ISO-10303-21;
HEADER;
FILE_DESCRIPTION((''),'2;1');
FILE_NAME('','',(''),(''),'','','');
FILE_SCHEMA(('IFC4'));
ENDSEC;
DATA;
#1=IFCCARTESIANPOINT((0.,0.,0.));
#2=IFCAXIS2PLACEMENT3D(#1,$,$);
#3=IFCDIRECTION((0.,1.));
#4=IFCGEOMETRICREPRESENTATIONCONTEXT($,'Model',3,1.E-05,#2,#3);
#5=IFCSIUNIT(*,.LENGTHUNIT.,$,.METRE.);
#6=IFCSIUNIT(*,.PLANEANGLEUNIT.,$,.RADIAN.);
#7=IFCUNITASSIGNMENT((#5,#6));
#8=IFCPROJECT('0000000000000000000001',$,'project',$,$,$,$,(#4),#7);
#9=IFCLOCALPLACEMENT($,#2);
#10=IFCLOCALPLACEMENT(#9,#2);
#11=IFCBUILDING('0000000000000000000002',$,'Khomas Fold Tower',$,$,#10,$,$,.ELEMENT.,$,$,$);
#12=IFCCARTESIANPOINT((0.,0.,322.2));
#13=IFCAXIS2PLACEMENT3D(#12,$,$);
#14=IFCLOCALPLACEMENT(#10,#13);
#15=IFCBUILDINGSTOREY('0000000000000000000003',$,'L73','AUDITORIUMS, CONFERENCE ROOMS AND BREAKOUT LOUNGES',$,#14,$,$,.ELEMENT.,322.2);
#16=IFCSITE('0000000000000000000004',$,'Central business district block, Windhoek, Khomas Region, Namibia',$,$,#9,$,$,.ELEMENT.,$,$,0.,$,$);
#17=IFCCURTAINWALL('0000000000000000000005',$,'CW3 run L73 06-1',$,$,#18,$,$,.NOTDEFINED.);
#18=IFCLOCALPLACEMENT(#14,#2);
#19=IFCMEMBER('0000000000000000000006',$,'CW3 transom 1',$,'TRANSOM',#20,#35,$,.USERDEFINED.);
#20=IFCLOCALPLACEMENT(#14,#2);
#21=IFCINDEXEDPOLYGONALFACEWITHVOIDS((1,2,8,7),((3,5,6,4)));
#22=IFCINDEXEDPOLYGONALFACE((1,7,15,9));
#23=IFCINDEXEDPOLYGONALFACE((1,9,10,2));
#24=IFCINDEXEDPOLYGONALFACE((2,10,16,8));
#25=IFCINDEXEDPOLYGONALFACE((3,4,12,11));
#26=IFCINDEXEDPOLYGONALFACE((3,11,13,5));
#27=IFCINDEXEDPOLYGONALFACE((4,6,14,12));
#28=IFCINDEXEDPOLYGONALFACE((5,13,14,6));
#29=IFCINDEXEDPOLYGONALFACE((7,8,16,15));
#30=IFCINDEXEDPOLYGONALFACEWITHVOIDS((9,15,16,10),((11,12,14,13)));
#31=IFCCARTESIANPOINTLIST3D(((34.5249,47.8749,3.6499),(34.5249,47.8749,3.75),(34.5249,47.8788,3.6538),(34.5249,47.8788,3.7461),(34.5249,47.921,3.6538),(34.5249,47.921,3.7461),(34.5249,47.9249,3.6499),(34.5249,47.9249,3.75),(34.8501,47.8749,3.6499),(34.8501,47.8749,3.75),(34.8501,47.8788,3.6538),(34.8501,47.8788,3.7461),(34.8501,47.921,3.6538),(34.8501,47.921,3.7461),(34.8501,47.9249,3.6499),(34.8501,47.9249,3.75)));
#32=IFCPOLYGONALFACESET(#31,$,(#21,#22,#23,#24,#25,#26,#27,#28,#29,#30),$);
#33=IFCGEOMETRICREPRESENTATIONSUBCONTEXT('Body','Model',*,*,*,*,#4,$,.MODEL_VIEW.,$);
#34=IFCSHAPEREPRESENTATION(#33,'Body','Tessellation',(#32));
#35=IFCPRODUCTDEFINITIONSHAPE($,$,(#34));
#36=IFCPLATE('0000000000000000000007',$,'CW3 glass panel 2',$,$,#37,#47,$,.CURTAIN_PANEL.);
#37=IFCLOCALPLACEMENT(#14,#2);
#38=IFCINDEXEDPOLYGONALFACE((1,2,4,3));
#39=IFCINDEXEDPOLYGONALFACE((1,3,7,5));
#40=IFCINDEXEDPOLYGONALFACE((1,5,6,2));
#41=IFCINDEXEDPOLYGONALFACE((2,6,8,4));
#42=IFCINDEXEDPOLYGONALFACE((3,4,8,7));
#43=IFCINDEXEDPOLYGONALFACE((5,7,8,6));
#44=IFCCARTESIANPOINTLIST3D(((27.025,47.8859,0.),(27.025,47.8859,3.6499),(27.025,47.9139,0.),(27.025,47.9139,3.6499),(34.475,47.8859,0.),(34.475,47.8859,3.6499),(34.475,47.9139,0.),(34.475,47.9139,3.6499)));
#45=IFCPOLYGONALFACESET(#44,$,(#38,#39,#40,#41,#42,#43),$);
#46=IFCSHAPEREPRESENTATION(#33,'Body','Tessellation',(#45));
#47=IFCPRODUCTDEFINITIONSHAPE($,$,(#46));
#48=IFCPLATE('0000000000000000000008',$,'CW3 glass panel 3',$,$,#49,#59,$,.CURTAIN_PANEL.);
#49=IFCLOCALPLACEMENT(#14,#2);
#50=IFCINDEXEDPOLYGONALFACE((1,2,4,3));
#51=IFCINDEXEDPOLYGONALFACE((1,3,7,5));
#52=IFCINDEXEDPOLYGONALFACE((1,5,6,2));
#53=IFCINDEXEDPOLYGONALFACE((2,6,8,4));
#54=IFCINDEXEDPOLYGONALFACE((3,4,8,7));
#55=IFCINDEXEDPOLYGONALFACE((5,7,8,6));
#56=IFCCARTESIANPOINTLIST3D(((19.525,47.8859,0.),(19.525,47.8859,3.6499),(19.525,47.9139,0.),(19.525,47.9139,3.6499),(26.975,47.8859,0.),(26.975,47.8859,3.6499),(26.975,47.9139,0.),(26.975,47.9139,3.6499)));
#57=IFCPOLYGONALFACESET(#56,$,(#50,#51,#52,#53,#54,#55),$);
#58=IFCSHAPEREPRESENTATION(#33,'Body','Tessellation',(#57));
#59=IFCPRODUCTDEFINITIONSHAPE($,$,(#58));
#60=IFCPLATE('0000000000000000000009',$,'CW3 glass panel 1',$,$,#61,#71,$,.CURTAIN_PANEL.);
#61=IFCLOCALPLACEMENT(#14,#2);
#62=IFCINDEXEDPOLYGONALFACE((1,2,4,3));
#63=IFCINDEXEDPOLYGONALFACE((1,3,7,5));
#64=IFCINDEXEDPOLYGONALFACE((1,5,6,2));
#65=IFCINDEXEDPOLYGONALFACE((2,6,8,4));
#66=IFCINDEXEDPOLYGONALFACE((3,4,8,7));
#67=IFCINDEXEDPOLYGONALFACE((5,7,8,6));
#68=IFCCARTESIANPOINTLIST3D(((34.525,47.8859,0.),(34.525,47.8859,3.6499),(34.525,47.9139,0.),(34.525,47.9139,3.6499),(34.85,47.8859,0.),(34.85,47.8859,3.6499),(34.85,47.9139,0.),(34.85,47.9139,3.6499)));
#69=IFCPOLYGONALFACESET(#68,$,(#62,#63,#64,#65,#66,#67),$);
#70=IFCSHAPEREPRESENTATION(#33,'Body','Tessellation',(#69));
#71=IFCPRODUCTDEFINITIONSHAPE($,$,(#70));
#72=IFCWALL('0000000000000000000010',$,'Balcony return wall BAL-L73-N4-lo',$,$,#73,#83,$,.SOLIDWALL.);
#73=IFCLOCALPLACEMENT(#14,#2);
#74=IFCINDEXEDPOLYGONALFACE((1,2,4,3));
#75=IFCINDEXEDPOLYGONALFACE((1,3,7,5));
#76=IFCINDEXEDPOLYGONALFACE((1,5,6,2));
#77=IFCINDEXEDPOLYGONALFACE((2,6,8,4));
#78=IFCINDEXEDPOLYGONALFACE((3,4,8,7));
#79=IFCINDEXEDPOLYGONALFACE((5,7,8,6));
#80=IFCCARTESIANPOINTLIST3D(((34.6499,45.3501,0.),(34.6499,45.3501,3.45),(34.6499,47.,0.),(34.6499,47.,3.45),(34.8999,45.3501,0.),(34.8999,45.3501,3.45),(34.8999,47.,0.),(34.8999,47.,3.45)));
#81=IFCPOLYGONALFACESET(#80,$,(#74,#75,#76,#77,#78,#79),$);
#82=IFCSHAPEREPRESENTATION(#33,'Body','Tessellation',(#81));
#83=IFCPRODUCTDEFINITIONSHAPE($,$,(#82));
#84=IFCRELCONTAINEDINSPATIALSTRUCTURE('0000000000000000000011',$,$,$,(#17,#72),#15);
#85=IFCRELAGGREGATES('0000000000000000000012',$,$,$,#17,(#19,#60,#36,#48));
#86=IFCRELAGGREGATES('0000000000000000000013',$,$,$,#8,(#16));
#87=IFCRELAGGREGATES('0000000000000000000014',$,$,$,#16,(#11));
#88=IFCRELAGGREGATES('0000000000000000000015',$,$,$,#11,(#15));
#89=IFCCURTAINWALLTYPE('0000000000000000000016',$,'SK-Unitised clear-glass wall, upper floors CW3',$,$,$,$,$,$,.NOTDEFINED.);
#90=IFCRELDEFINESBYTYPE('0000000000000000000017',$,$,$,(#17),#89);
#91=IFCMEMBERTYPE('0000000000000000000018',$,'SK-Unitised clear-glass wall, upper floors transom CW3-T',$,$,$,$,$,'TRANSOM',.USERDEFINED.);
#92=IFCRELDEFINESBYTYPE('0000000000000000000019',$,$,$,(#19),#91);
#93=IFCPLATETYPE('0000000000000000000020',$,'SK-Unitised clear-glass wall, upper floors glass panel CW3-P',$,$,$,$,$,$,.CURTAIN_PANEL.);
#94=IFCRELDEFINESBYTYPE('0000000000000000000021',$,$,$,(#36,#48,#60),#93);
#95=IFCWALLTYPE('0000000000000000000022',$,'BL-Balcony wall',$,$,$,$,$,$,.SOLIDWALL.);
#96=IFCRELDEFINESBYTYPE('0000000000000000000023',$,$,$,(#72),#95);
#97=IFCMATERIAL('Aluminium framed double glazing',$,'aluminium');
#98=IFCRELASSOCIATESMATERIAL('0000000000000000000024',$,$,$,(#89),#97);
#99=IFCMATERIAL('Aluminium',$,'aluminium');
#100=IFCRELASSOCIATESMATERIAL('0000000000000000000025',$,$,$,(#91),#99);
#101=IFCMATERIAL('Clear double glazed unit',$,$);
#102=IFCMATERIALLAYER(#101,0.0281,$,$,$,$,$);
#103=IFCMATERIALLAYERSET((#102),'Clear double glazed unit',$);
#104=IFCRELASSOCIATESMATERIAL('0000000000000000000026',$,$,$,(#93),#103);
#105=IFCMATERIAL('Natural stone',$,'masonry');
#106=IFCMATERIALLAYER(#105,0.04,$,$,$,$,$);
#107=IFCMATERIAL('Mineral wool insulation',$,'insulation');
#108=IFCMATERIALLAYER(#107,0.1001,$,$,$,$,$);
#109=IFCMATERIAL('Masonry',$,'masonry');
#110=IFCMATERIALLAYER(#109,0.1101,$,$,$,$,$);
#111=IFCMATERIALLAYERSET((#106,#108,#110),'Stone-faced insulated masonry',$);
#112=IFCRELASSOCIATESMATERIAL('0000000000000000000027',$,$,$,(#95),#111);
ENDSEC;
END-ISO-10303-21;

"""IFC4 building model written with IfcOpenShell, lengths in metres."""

from ifc_helpers import new_model, si_unit, direction, frame, frame_2d, origin, origin_2d, place, context, subcontext, project, spatial, rectangle, hollow_rectangle, extrude, source, transform, mapped, material, layer, layer_set, material_profile, profile_set, type_object, element, aggregate, save


model = new_model("IFC4")

# Units and contexts
model_context = context("Model", 3, precision=1e-05, world=origin(), true_north=direction((0.0, 1.0)))
body_context = subcontext(model_context, "Body", "Model", "MODEL_VIEW")
ifc_project = project(units=[si_unit("LENGTHUNIT", "METRE"), si_unit("PLANEANGLEUNIT", "RADIAN")], contexts=[model_context])

# Site, building, storey
site_placement = place(None, origin())
site = spatial("IfcSite", under=ifc_project, at=site_placement, Name="Central business district block, Windhoek, Khomas Region, Namibia", CompositionType="ELEMENT", RefElevation=0.0)
building_placement = place(site_placement, origin())
building = spatial("IfcBuilding", under=site, at=building_placement, Name="Khomas Fold Tower", CompositionType="ELEMENT")
storey_placement = place(building_placement, frame((0.0, 0.0, 322.2)))
storey = spatial("IfcBuildingStorey", under=building, at=storey_placement, Name="L73", Description="AUDITORIUMS, CONFERENCE ROOMS AND BREAKOUT LOUNGES", CompositionType="ELEMENT", Elevation=322.2)

# Curtain wall, member, plates
ifc_material_1 = material(Name="Aluminium framed double glazing", Category="aluminium")
curtain_wall_type = type_object("IfcCurtainWallType", Name="SK-Unitised clear-glass wall, upper floors CW3", PredefinedType="NOTDEFINED", material=ifc_material_1)
curtain_wall_placement = place(storey_placement, origin())
curtain_wall = element("IfcCurtainWall", 1, at=curtain_wall_placement, inside=storey, type_object=curtain_wall_type, Name="CW3 run L73 06-1", PredefinedType="NOTDEFINED")
ifc_material_2 = material(Name="Aluminium", Category="aluminium")
ifc_material_profile_1 = material_profile(ifc_material_2, hollow_rectangle(XDim=0.05, YDim=0.1001, WallThickness=0.0039, at=origin_2d()), Name="SK-Unitised clear-glass wall, upper floors transom CW3-T")
ifc_profile_set_1 = profile_set([ifc_material_profile_1], Name="Aluminium")
member_type_1 = type_object("IfcMemberType", Name="SK-Unitised clear-glass wall, upper floors transom CW3-T", ElementType="TRANSOM", PredefinedType="USERDEFINED", material=ifc_profile_set_1)
shared_shape_1 = source(origin(), body_context, "Body", "SweptSolid", [
    extrude(hollow_rectangle(XDim=0.05, YDim=0.1001, WallThickness=0.0039, at=origin_2d()), origin(), (0.0, 0.0, 1.0), 0.3252),
])
member_1_placement = place(storey_placement, frame((34.8501, 47.8999, 3.7), z_axis=(-1.0, 0.0, 0.0), x_axis=(0.0, -1.0, 0.0)))
member_1 = element("IfcMember", 2, at=member_1_placement, type_object=member_type_1, Name="CW3 transom 1", ObjectType="TRANSOM", PredefinedType="USERDEFINED", context=body_context, shape_type="MappedRepresentation", body=[
    mapped(shared_shape_1, transform((0.0, 0.0, 0.0))),
])
ifc_material_3 = material(Name="Clear double glazed unit")
ifc_layer_1 = layer(ifc_material_3, 0.0281)
ifc_layer_set_1 = layer_set([ifc_layer_1], Name="Clear double glazed unit")
plate_type = type_object("IfcPlateType", Name="SK-Unitised clear-glass wall, upper floors glass panel CW3-P", PredefinedType="CURTAIN_PANEL", material=ifc_layer_set_1)
shared_shape_2 = source(origin(), body_context, "Body", "SweptSolid", [
    extrude(rectangle(XDim=7.45, YDim=0.0281, at=origin_2d()), origin(), (0.0, 0.0, 1.0), 3.6499),
])
plate_1_placement = place(storey_placement, frame((30.75, 47.8999, 0.0), z_axis=(0.0, 0.0, 1.0), x_axis=(-1.0, 0.0, 0.0)))
plate_1 = element("IfcPlate", 3, at=plate_1_placement, type_object=plate_type, Name="CW3 glass panel 2", PredefinedType="CURTAIN_PANEL", context=body_context, shape_type="MappedRepresentation", body=[
    mapped(shared_shape_2, transform((0.0, 0.0, 0.0))),
])
plate_2_placement = place(storey_placement, frame((23.25, 47.8999, 0.0), z_axis=(0.0, 0.0, 1.0), x_axis=(-1.0, 0.0, 0.0)))
plate_2 = element("IfcPlate", 4, at=plate_2_placement, type_object=plate_type, Name="CW3 glass panel 3", PredefinedType="CURTAIN_PANEL", context=body_context, shape_type="MappedRepresentation", body=[
    mapped(shared_shape_2, transform((0.0, 0.0, 0.0))),
])
shared_shape_3 = source(origin(), body_context, "Body", "SweptSolid", [
    extrude(rectangle(XDim=0.325, YDim=0.0281, at=origin_2d()), origin(), (0.0, 0.0, 1.0), 3.6499),
])
plate_3_placement = place(storey_placement, frame((34.6875, 47.8999, 0.0), z_axis=(0.0, 0.0, 1.0), x_axis=(-1.0, 0.0, 0.0)))
plate_3 = element("IfcPlate", 5, at=plate_3_placement, type_object=plate_type, Name="CW3 glass panel 1", PredefinedType="CURTAIN_PANEL", context=body_context, shape_type="MappedRepresentation", body=[
    mapped(shared_shape_3, transform((0.0, 0.0, 0.0))),
])
aggregate(curtain_wall, [member_1, plate_3, plate_1, plate_2])

# Wall
ifc_material_4 = material(Name="Natural stone", Category="masonry")
ifc_layer_2 = layer(ifc_material_4, 0.04)
ifc_material_5 = material(Name="Mineral wool insulation", Category="insulation")
ifc_layer_3 = layer(ifc_material_5, 0.1001)
ifc_material_6 = material(Name="Masonry", Category="masonry")
ifc_layer_4 = layer(ifc_material_6, 0.1101)
ifc_layer_set_2 = layer_set([ifc_layer_2, ifc_layer_3, ifc_layer_4], Name="Stone-faced insulated masonry")
wall_type = type_object("IfcWallType", Name="BL-Balcony wall", PredefinedType="SOLIDWALL", material=ifc_layer_set_2)
shared_shape_4 = source(origin(), body_context, "Body", "SweptSolid", [
    extrude(rectangle(XDim=1.6499, YDim=0.25, at=frame_2d((0.825, 0.0))), origin(), (0.0, 0.0, 1.0), 3.45),
])
wall_placement = place(storey_placement, frame((34.7749, 47.0, 0.0), z_axis=(0.0, 0.0, 1.0), x_axis=(0.0, -1.0, 0.0)))
element("IfcWall", 6, at=wall_placement, inside=storey, type_object=wall_type, Name="Balcony return wall BAL-L73-N4-lo", PredefinedType="SOLIDWALL", context=body_context, shape_type="MappedRepresentation", body=[
    mapped(shared_shape_4, transform((0.0, 0.0, 0.0))),
])

save(model, "model.ifc")
